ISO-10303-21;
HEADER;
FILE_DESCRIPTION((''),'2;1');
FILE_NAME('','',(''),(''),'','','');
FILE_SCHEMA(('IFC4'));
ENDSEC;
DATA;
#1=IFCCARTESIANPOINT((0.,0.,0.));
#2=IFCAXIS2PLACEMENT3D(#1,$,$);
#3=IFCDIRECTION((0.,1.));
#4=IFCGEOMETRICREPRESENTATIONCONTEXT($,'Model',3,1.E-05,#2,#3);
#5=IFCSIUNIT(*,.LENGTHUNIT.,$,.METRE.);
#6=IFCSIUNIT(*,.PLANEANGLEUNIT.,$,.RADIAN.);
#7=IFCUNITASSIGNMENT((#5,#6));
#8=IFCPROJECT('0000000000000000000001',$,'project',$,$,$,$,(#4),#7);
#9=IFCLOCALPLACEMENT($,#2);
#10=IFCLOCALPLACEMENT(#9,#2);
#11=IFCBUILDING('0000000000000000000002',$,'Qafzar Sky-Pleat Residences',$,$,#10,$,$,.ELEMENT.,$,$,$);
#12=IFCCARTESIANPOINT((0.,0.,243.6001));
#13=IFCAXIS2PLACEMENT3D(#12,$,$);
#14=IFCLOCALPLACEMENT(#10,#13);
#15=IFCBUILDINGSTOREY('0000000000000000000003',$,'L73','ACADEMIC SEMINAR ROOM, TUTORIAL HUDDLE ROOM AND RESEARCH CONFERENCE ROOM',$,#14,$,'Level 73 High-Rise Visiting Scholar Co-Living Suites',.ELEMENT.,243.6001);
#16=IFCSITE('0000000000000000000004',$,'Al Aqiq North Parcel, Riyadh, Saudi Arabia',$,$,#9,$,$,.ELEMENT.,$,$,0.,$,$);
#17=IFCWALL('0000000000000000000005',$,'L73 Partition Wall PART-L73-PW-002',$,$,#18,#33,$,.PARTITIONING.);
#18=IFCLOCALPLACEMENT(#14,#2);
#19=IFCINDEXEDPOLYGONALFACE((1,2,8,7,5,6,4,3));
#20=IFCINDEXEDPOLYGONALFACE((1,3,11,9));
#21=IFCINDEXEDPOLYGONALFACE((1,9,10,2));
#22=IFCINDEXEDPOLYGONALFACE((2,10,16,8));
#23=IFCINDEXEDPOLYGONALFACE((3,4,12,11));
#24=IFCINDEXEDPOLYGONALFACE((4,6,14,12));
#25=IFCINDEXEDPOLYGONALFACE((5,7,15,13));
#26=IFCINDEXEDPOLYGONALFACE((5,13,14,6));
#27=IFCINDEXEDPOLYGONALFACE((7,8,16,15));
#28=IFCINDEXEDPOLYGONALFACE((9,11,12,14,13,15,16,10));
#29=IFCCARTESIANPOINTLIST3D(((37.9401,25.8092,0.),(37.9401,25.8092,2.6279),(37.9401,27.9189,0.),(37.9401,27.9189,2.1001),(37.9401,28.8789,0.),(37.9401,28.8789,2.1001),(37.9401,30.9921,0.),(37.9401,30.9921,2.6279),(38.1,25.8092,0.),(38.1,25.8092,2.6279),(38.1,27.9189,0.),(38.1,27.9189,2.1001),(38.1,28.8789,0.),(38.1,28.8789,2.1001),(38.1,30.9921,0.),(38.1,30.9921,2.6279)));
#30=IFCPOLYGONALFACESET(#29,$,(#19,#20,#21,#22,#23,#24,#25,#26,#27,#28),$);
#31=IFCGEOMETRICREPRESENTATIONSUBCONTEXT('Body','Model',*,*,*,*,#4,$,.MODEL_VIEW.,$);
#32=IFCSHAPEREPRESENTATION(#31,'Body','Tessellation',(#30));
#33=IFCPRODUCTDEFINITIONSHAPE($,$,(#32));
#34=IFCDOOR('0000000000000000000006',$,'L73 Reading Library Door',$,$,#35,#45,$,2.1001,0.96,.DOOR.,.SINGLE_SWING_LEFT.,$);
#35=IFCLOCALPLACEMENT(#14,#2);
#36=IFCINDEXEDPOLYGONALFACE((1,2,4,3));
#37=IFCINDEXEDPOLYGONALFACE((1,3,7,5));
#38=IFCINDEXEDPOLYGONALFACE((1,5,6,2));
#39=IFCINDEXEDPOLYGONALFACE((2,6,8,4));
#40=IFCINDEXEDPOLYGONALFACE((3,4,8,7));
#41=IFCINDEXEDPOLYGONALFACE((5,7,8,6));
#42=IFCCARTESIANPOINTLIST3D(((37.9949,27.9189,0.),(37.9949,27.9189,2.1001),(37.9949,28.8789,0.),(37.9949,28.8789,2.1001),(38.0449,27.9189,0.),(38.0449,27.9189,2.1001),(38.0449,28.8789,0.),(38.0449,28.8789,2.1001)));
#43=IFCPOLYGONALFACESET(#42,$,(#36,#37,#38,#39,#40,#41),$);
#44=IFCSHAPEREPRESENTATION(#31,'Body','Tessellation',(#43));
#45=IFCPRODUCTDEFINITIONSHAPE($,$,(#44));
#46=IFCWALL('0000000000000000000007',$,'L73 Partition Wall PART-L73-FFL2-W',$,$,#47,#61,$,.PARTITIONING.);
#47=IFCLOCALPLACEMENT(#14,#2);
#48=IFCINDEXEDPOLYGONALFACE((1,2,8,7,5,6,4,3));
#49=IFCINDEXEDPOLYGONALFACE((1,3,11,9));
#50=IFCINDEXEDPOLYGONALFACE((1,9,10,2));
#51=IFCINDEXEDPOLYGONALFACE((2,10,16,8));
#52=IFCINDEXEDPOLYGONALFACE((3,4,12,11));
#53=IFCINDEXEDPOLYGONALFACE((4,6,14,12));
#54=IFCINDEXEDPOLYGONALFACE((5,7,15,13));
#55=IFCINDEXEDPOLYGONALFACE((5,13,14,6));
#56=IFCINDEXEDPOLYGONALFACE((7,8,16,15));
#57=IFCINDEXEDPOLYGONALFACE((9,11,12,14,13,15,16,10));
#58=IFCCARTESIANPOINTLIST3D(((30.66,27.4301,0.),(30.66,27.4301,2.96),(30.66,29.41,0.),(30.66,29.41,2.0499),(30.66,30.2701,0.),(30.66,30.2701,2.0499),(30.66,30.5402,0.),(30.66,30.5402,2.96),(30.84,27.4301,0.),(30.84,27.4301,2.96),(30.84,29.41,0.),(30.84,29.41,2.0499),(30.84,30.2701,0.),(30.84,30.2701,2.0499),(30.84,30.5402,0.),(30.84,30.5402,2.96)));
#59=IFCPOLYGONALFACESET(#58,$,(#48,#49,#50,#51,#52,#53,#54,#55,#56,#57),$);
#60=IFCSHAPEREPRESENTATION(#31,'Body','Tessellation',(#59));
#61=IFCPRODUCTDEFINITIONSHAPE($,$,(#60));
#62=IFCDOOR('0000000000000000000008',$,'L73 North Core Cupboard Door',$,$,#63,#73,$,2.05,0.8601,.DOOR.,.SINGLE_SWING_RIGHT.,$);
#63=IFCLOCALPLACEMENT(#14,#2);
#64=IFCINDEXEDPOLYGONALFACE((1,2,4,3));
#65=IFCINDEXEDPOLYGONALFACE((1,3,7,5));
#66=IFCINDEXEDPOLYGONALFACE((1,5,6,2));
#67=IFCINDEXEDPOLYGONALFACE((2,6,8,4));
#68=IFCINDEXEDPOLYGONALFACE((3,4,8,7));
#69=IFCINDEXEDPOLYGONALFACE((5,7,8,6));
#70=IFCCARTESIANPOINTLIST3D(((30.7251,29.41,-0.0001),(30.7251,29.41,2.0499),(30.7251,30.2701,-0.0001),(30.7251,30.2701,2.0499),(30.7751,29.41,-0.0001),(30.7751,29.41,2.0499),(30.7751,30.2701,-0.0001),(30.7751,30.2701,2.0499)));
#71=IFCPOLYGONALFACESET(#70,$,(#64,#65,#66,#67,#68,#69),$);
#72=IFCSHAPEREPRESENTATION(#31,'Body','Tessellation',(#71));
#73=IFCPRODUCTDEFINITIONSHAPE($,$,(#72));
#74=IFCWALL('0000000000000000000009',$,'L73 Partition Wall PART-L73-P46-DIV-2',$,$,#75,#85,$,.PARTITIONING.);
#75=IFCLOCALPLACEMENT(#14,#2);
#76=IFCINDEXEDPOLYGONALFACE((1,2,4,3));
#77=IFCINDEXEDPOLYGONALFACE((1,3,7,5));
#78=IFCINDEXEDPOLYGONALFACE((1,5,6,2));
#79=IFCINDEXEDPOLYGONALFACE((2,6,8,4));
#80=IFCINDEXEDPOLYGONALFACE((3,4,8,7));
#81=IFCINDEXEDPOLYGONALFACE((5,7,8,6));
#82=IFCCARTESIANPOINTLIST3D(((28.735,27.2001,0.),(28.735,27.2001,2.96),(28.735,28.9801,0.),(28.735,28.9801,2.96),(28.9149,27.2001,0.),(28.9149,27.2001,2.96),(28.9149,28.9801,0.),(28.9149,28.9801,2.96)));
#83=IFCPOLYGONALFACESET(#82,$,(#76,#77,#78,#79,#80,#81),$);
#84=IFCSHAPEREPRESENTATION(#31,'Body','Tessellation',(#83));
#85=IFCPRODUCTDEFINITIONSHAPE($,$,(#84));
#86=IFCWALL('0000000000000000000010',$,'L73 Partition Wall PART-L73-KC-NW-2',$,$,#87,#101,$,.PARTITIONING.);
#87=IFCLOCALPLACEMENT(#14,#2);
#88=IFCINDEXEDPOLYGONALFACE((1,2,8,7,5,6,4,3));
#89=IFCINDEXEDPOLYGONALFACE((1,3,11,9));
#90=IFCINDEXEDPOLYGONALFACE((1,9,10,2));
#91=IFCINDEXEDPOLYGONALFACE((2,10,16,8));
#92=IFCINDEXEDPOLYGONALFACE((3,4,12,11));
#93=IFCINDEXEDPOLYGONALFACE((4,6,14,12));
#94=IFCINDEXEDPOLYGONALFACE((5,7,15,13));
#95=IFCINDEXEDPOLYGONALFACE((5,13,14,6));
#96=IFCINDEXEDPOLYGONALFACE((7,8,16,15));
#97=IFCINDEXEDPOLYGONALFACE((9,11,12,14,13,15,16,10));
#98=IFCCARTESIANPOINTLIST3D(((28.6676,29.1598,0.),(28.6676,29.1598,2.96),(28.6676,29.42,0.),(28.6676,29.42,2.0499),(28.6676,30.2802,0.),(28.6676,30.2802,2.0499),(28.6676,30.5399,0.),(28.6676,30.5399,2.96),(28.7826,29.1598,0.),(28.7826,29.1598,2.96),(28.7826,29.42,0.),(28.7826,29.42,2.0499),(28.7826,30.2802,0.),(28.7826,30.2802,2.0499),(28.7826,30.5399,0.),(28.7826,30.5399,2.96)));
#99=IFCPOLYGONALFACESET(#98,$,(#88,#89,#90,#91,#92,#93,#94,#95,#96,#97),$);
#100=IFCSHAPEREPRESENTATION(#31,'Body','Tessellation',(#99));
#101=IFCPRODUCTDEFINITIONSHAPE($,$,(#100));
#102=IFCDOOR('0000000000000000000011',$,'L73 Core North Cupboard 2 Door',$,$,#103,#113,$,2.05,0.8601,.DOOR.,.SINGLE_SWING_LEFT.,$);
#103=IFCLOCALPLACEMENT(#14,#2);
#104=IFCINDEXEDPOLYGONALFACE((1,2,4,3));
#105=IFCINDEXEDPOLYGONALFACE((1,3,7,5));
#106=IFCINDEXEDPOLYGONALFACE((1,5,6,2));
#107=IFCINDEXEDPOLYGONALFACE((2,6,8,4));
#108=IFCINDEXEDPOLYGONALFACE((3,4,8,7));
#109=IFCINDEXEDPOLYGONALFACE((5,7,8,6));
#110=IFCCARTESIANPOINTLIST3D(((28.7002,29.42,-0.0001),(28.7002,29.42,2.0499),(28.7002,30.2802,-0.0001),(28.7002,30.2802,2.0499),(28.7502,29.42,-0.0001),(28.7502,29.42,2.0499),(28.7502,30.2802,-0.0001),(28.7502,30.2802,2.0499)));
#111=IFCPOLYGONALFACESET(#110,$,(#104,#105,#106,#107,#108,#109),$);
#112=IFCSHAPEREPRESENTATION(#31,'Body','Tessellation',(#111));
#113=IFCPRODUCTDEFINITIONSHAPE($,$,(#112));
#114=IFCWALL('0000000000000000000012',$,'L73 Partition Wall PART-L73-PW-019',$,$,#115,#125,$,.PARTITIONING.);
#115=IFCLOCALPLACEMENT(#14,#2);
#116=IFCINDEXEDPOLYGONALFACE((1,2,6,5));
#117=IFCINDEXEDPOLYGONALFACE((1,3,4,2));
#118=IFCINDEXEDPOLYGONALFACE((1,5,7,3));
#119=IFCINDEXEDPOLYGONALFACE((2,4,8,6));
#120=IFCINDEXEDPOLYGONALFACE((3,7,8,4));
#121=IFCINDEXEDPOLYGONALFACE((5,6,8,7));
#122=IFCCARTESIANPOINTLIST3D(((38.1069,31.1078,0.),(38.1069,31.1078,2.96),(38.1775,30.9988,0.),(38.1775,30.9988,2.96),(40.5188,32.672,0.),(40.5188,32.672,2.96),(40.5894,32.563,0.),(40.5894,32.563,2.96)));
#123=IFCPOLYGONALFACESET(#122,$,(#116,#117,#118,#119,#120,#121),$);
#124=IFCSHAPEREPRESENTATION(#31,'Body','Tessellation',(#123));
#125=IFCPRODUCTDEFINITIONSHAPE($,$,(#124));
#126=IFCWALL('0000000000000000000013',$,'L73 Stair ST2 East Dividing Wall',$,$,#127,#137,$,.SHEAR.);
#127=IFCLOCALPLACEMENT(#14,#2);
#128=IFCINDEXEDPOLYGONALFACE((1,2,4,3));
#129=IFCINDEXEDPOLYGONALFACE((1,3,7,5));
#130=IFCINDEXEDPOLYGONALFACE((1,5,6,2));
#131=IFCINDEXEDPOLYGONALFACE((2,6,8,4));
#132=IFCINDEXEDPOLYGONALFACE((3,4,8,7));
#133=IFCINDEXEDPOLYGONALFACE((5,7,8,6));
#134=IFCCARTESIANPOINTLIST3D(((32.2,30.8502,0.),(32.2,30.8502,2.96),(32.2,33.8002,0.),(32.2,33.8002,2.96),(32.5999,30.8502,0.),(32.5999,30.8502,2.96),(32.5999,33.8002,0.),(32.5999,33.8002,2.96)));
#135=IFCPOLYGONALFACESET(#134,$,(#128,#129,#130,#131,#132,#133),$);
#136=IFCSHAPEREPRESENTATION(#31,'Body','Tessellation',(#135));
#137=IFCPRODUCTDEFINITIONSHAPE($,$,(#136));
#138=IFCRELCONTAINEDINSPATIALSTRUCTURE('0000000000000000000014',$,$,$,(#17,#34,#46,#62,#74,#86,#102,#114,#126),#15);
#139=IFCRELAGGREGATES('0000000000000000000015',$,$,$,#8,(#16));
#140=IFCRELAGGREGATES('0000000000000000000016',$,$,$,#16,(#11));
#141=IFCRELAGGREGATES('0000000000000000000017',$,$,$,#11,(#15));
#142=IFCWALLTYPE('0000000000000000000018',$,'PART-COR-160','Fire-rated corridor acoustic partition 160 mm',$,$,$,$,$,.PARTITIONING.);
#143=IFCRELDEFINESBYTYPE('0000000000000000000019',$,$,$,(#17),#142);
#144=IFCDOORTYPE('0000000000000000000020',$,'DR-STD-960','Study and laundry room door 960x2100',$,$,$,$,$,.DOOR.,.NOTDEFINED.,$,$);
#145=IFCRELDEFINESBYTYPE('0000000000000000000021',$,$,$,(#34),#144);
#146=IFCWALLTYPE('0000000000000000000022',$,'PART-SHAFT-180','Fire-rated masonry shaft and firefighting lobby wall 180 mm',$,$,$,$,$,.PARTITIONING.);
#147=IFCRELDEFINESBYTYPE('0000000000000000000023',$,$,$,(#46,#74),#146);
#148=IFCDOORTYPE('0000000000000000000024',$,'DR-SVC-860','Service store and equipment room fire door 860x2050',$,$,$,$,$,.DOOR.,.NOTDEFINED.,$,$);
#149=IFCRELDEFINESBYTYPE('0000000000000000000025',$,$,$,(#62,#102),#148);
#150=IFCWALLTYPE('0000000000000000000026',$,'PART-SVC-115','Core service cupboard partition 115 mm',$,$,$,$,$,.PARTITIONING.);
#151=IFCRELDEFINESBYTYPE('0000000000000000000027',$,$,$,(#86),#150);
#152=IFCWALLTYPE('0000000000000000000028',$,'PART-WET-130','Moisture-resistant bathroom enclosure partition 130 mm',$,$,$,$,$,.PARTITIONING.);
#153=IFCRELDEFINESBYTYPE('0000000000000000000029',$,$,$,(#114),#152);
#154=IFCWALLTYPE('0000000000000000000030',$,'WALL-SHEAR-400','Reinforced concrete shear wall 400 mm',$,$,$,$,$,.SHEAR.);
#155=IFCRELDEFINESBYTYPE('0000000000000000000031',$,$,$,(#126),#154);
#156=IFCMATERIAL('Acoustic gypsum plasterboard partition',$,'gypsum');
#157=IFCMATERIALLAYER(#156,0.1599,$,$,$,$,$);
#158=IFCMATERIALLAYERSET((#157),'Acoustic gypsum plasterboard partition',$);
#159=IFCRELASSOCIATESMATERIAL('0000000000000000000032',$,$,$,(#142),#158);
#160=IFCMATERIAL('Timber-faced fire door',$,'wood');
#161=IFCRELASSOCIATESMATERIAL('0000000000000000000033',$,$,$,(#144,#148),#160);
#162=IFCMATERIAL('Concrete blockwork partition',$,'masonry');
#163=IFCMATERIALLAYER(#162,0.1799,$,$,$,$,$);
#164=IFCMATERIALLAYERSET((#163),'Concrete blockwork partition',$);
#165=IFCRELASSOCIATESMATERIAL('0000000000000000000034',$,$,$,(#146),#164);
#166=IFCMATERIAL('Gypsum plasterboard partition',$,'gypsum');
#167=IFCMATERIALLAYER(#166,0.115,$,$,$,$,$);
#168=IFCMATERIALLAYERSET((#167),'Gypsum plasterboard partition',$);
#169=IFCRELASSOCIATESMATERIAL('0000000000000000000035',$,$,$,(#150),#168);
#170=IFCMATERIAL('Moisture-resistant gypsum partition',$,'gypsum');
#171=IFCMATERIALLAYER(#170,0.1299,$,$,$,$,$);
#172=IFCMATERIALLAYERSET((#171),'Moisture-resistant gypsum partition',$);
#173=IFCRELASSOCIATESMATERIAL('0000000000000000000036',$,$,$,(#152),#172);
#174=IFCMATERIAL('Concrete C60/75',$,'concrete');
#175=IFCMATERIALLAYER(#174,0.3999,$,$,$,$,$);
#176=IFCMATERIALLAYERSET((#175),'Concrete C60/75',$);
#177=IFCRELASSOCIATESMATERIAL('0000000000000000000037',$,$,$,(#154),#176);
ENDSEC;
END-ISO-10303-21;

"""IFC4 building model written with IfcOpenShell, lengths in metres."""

from ifc_helpers import new_model, si_unit, direction, frame, frame_2d, origin, place, context, subcontext, project, spatial, rectangle, extrude, source, transform, mapped, material, layer, layer_set, type_object, element, fill, save


model = new_model("IFC4")

# Units and contexts
model_context = context("Model", 3, precision=1e-05, world=origin(), true_north=direction((0.0, 1.0)))
body_context = subcontext(model_context, "Body", "Model", "MODEL_VIEW")
ifc_project = project(units=[si_unit("LENGTHUNIT", "METRE"), si_unit("PLANEANGLEUNIT", "RADIAN")], contexts=[model_context])

# Site, building, storey
site_placement = place(None, origin())
site = spatial("IfcSite", under=ifc_project, at=site_placement, Name="Al Aqiq North Parcel, Riyadh, Saudi Arabia", CompositionType="ELEMENT", RefElevation=0.0)
building_placement = place(site_placement, origin())
building = spatial("IfcBuilding", under=site, at=building_placement, Name="Qafzar Sky-Pleat Residences", CompositionType="ELEMENT")
storey_placement = place(building_placement, frame((0.0, 0.0, 243.6001)))
storey = spatial("IfcBuildingStorey", under=building, at=storey_placement, Name="L73", Description="ACADEMIC SEMINAR ROOM, TUTORIAL HUDDLE ROOM AND RESEARCH CONFERENCE ROOM", LongName="Level 73 High-Rise Visiting Scholar Co-Living Suites", CompositionType="ELEMENT", Elevation=243.6001)

# Walls, openings, doors
ifc_material_1 = material(Name="Acoustic gypsum plasterboard partition", Category="gypsum")
ifc_layer_1 = layer(ifc_material_1, 0.1599)
ifc_layer_set_1 = layer_set([ifc_layer_1], Name="Acoustic gypsum plasterboard partition")
wall_type_1 = type_object("IfcWallType", Name="PART-COR-160", Description="Fire-rated corridor acoustic partition 160 mm", PredefinedType="PARTITIONING", material=ifc_layer_set_1)
wall_1_placement = place(storey_placement, frame((38.02, 30.9919, 0.0), z_axis=(0.0, 0.0, 1.0), x_axis=(0.0, -1.0, 0.0)))
wall_1 = element("IfcWall", 1, at=wall_1_placement, inside=storey, type_object=wall_type_1, Name="L73 Partition Wall PART-L73-PW-002", PredefinedType="PARTITIONING", context=body_context, shape_type="SweptSolid", body=[
    extrude(rectangle(XDim=5.1829, YDim=0.1599, at=frame_2d((2.5913, 0.0))), origin(), (0.0, 0.0, 1.0), 2.6279),
])
opening_1_placement = place(wall_1_placement, frame((2.113, 0.0, 0.0)))
opening_1 = element("IfcOpeningElement", 2, at=opening_1_placement, cuts=wall_1, PredefinedType="OPENING", context=body_context, shape_type="SweptSolid", body=[
    extrude(rectangle(XDim=0.96, YDim=2.1001, at=frame_2d((0.48, 1.05))), frame((0.0, 0.0898, 0.0), z_axis=(0.0, -1.0, 0.0), x_axis=(1.0, 0.0, 0.0)), (0.0, 0.0, 1.0), 0.1799),
])
ifc_material_2 = material(Name="Timber-faced fire door", Category="wood")
door_type_1 = type_object("IfcDoorType", Name="DR-STD-960", Description="Study and laundry room door 960x2100", OperationType="NOTDEFINED", PredefinedType="DOOR", material=ifc_material_2)
shared_shape_1 = source(origin(), body_context, "Body", "SweptSolid", [
    extrude(rectangle(XDim=0.96, YDim=2.1001, at=frame_2d((0.48, 1.05))), frame((0.0, 0.0249, 0.0), z_axis=(0.0, -1.0, 0.0), x_axis=(1.0, 0.0, 0.0)), (0.0, 0.0, 1.0), 0.05),
])
door_1_placement = place(opening_1_placement, origin())
door_1 = element("IfcDoor", 3, at=door_1_placement, inside=storey, type_object=door_type_1, Name="L73 Reading Library Door", OperationType="SINGLE_SWING_LEFT", OverallHeight=2.1001, OverallWidth=0.96, PredefinedType="DOOR", context=body_context, shape_type="MappedRepresentation", body=[
    mapped(shared_shape_1, transform((0.0, 0.0, 0.0), x_axis=(1.0, 0.0, 0.0), y_axis=(0.0, 1.0, 0.0), z_axis=(0.0, 0.0, 1.0), scale=1.0)),
])
fill(opening_1, door_1)
ifc_material_3 = material(Name="Concrete blockwork partition", Category="masonry")
ifc_layer_2 = layer(ifc_material_3, 0.1799)
ifc_layer_set_2 = layer_set([ifc_layer_2], Name="Concrete blockwork partition")
wall_type_2 = type_object("IfcWallType", Name="PART-SHAFT-180", Description="Fire-rated masonry shaft and firefighting lobby wall 180 mm", PredefinedType="PARTITIONING", material=ifc_layer_set_2)
wall_2_placement = place(storey_placement, frame((30.75, 27.4299, 0.0), z_axis=(0.0, 0.0, 1.0), x_axis=(0.0, 1.0, 0.0)))
wall_2 = element("IfcWall", 4, at=wall_2_placement, inside=storey, type_object=wall_type_2, Name="L73 Partition Wall PART-L73-FFL2-W", PredefinedType="PARTITIONING", context=body_context, shape_type="SweptSolid", body=[
    extrude(rectangle(XDim=3.1101, YDim=0.1799, at=frame_2d((1.5552, 0.0))), origin(), (0.0, 0.0, 1.0), 2.96),
])
opening_2_placement = place(wall_2_placement, frame((1.98, 0.0, 0.0)))
opening_2 = element("IfcOpeningElement", 5, at=opening_2_placement, cuts=wall_2, PredefinedType="OPENING", context=body_context, shape_type="SweptSolid", body=[
    extrude(rectangle(XDim=0.8601, YDim=2.05, at=frame_2d((0.4302, 1.0249))), frame((0.0, 0.1001, 0.0), z_axis=(0.0, -1.0, 0.0), x_axis=(1.0, 0.0, 0.0)), (0.0, 0.0, 1.0), 0.2),
])
door_type_2 = type_object("IfcDoorType", Name="DR-SVC-860", Description="Service store and equipment room fire door 860x2050", OperationType="NOTDEFINED", PredefinedType="DOOR", material=ifc_material_2)
shared_shape_2 = source(origin(), body_context, "Body", "SweptSolid", [
    extrude(rectangle(XDim=0.8601, YDim=2.05, at=frame_2d((0.4302, 1.0249))), frame((0.0, 0.0249, 0.0), z_axis=(0.0, -1.0, 0.0), x_axis=(1.0, 0.0, 0.0)), (0.0, 0.0, 1.0), 0.05),
])
door_2_placement = place(opening_2_placement, origin())
door_2 = element("IfcDoor", 6, at=door_2_placement, inside=storey, type_object=door_type_2, Name="L73 North Core Cupboard Door", OperationType="SINGLE_SWING_RIGHT", OverallHeight=2.05, OverallWidth=0.8601, PredefinedType="DOOR", context=body_context, shape_type="MappedRepresentation", body=[
    mapped(shared_shape_2, transform((0.0, 0.0, 0.0), x_axis=(1.0, 0.0, 0.0), y_axis=(0.0, 1.0, 0.0), z_axis=(0.0, 0.0, 1.0), scale=1.0)),
])
fill(opening_2, door_2)

# Wall
wall_3_placement = place(storey_placement, frame((28.825, 27.2, 0.0), z_axis=(0.0, 0.0, 1.0), x_axis=(0.0, 1.0, 0.0)))
element("IfcWall", 7, at=wall_3_placement, inside=storey, type_object=wall_type_2, Name="L73 Partition Wall PART-L73-P46-DIV-2", PredefinedType="PARTITIONING", context=body_context, shape_type="SweptSolid", body=[
    extrude(rectangle(XDim=1.78, YDim=0.1799, at=frame_2d((0.8901, 0.0))), origin(), (0.0, 0.0, 1.0), 2.96),
])

# Wall, opening, door
ifc_material_4 = material(Name="Gypsum plasterboard partition", Category="gypsum")
ifc_layer_3 = layer(ifc_material_4, 0.115)
ifc_layer_set_3 = layer_set([ifc_layer_3], Name="Gypsum plasterboard partition")
wall_type_3 = type_object("IfcWallType", Name="PART-SVC-115", Description="Core service cupboard partition 115 mm", PredefinedType="PARTITIONING", material=ifc_layer_set_3)
wall_4_placement = place(storey_placement, frame((28.7251, 29.1599, 0.0), z_axis=(0.0, 0.0, 1.0), x_axis=(0.0, 1.0, 0.0)))
wall_4 = element("IfcWall", 8, at=wall_4_placement, inside=storey, type_object=wall_type_3, Name="L73 Partition Wall PART-L73-KC-NW-2", PredefinedType="PARTITIONING", context=body_context, shape_type="SweptSolid", body=[
    extrude(rectangle(XDim=1.3801, YDim=0.115, at=frame_2d((0.6899, 0.0))), origin(), (0.0, 0.0, 1.0), 2.96),
])
opening_3_placement = place(wall_4_placement, frame((0.26, 0.0, 0.0)))
opening_3 = element("IfcOpeningElement", 9, at=opening_3_placement, cuts=wall_4, PredefinedType="OPENING", context=body_context, shape_type="SweptSolid", body=[
    extrude(rectangle(XDim=0.8601, YDim=2.05, at=frame_2d((0.4302, 1.0249))), frame((0.0, 0.0674, 0.0), z_axis=(0.0, -1.0, 0.0), x_axis=(1.0, 0.0, 0.0)), (0.0, 0.0, 1.0), 0.135),
])
door_3_placement = place(opening_3_placement, origin())
door_3 = element("IfcDoor", 10, at=door_3_placement, inside=storey, type_object=door_type_2, Name="L73 Core North Cupboard 2 Door", OperationType="SINGLE_SWING_LEFT", OverallHeight=2.05, OverallWidth=0.8601, PredefinedType="DOOR", context=body_context, shape_type="MappedRepresentation", body=[
    mapped(shared_shape_2, transform((0.0, 0.0, 0.0), x_axis=(1.0, 0.0, 0.0), y_axis=(0.0, 1.0, 0.0), z_axis=(0.0, 0.0, 1.0), scale=1.0)),
])
fill(opening_3, door_3)

# Walls
ifc_material_5 = material(Name="Moisture-resistant gypsum partition", Category="gypsum")
ifc_layer_4 = layer(ifc_material_5, 0.1299)
ifc_layer_set_4 = layer_set([ifc_layer_4], Name="Moisture-resistant gypsum partition")
wall_type_4 = type_object("IfcWallType", Name="PART-WET-130", Description="Moisture-resistant bathroom enclosure partition 130 mm", PredefinedType="PARTITIONING", material=ifc_layer_set_4)
wall_5_placement = place(storey_placement, frame((38.1421, 31.0532, 0.0), z_axis=(0.0, 0.0, 1.0), x_axis=(0.839, 0.544131, 0.0)))
element("IfcWall", 11, at=wall_5_placement, inside=storey, type_object=wall_type_4, Name="L73 Partition Wall PART-L73-PW-019", PredefinedType="PARTITIONING", context=body_context, shape_type="SweptSolid", body=[
    extrude(rectangle(XDim=2.8748, YDim=0.1299, at=frame_2d((1.4375, 0.0))), origin(), (0.0, 0.0, 1.0), 2.96),
])
ifc_material_6 = material(Name="Concrete C60/75", Category="concrete")
ifc_layer_5 = layer(ifc_material_6, 0.3999)
ifc_layer_set_5 = layer_set([ifc_layer_5], Name="Concrete C60/75")
wall_type_5 = type_object("IfcWallType", Name="WALL-SHEAR-400", Description="Reinforced concrete shear wall 400 mm", PredefinedType="SHEAR", material=ifc_layer_set_5)
wall_6_placement = place(storey_placement, frame((32.3999, 30.8501, 0.0), z_axis=(0.0, 0.0, 1.0), x_axis=(0.0, 1.0, 0.0)))
element("IfcWall", 12, at=wall_6_placement, inside=storey, type_object=wall_type_5, Name="L73 Stair ST2 East Dividing Wall", PredefinedType="SHEAR", context=body_context, shape_type="SweptSolid", body=[
    extrude(rectangle(XDim=2.95, YDim=0.3999, at=frame_2d((1.4751, 0.0))), origin(), (0.0, 0.0, 1.0), 2.96),
])

save(model, "model.ifc")
